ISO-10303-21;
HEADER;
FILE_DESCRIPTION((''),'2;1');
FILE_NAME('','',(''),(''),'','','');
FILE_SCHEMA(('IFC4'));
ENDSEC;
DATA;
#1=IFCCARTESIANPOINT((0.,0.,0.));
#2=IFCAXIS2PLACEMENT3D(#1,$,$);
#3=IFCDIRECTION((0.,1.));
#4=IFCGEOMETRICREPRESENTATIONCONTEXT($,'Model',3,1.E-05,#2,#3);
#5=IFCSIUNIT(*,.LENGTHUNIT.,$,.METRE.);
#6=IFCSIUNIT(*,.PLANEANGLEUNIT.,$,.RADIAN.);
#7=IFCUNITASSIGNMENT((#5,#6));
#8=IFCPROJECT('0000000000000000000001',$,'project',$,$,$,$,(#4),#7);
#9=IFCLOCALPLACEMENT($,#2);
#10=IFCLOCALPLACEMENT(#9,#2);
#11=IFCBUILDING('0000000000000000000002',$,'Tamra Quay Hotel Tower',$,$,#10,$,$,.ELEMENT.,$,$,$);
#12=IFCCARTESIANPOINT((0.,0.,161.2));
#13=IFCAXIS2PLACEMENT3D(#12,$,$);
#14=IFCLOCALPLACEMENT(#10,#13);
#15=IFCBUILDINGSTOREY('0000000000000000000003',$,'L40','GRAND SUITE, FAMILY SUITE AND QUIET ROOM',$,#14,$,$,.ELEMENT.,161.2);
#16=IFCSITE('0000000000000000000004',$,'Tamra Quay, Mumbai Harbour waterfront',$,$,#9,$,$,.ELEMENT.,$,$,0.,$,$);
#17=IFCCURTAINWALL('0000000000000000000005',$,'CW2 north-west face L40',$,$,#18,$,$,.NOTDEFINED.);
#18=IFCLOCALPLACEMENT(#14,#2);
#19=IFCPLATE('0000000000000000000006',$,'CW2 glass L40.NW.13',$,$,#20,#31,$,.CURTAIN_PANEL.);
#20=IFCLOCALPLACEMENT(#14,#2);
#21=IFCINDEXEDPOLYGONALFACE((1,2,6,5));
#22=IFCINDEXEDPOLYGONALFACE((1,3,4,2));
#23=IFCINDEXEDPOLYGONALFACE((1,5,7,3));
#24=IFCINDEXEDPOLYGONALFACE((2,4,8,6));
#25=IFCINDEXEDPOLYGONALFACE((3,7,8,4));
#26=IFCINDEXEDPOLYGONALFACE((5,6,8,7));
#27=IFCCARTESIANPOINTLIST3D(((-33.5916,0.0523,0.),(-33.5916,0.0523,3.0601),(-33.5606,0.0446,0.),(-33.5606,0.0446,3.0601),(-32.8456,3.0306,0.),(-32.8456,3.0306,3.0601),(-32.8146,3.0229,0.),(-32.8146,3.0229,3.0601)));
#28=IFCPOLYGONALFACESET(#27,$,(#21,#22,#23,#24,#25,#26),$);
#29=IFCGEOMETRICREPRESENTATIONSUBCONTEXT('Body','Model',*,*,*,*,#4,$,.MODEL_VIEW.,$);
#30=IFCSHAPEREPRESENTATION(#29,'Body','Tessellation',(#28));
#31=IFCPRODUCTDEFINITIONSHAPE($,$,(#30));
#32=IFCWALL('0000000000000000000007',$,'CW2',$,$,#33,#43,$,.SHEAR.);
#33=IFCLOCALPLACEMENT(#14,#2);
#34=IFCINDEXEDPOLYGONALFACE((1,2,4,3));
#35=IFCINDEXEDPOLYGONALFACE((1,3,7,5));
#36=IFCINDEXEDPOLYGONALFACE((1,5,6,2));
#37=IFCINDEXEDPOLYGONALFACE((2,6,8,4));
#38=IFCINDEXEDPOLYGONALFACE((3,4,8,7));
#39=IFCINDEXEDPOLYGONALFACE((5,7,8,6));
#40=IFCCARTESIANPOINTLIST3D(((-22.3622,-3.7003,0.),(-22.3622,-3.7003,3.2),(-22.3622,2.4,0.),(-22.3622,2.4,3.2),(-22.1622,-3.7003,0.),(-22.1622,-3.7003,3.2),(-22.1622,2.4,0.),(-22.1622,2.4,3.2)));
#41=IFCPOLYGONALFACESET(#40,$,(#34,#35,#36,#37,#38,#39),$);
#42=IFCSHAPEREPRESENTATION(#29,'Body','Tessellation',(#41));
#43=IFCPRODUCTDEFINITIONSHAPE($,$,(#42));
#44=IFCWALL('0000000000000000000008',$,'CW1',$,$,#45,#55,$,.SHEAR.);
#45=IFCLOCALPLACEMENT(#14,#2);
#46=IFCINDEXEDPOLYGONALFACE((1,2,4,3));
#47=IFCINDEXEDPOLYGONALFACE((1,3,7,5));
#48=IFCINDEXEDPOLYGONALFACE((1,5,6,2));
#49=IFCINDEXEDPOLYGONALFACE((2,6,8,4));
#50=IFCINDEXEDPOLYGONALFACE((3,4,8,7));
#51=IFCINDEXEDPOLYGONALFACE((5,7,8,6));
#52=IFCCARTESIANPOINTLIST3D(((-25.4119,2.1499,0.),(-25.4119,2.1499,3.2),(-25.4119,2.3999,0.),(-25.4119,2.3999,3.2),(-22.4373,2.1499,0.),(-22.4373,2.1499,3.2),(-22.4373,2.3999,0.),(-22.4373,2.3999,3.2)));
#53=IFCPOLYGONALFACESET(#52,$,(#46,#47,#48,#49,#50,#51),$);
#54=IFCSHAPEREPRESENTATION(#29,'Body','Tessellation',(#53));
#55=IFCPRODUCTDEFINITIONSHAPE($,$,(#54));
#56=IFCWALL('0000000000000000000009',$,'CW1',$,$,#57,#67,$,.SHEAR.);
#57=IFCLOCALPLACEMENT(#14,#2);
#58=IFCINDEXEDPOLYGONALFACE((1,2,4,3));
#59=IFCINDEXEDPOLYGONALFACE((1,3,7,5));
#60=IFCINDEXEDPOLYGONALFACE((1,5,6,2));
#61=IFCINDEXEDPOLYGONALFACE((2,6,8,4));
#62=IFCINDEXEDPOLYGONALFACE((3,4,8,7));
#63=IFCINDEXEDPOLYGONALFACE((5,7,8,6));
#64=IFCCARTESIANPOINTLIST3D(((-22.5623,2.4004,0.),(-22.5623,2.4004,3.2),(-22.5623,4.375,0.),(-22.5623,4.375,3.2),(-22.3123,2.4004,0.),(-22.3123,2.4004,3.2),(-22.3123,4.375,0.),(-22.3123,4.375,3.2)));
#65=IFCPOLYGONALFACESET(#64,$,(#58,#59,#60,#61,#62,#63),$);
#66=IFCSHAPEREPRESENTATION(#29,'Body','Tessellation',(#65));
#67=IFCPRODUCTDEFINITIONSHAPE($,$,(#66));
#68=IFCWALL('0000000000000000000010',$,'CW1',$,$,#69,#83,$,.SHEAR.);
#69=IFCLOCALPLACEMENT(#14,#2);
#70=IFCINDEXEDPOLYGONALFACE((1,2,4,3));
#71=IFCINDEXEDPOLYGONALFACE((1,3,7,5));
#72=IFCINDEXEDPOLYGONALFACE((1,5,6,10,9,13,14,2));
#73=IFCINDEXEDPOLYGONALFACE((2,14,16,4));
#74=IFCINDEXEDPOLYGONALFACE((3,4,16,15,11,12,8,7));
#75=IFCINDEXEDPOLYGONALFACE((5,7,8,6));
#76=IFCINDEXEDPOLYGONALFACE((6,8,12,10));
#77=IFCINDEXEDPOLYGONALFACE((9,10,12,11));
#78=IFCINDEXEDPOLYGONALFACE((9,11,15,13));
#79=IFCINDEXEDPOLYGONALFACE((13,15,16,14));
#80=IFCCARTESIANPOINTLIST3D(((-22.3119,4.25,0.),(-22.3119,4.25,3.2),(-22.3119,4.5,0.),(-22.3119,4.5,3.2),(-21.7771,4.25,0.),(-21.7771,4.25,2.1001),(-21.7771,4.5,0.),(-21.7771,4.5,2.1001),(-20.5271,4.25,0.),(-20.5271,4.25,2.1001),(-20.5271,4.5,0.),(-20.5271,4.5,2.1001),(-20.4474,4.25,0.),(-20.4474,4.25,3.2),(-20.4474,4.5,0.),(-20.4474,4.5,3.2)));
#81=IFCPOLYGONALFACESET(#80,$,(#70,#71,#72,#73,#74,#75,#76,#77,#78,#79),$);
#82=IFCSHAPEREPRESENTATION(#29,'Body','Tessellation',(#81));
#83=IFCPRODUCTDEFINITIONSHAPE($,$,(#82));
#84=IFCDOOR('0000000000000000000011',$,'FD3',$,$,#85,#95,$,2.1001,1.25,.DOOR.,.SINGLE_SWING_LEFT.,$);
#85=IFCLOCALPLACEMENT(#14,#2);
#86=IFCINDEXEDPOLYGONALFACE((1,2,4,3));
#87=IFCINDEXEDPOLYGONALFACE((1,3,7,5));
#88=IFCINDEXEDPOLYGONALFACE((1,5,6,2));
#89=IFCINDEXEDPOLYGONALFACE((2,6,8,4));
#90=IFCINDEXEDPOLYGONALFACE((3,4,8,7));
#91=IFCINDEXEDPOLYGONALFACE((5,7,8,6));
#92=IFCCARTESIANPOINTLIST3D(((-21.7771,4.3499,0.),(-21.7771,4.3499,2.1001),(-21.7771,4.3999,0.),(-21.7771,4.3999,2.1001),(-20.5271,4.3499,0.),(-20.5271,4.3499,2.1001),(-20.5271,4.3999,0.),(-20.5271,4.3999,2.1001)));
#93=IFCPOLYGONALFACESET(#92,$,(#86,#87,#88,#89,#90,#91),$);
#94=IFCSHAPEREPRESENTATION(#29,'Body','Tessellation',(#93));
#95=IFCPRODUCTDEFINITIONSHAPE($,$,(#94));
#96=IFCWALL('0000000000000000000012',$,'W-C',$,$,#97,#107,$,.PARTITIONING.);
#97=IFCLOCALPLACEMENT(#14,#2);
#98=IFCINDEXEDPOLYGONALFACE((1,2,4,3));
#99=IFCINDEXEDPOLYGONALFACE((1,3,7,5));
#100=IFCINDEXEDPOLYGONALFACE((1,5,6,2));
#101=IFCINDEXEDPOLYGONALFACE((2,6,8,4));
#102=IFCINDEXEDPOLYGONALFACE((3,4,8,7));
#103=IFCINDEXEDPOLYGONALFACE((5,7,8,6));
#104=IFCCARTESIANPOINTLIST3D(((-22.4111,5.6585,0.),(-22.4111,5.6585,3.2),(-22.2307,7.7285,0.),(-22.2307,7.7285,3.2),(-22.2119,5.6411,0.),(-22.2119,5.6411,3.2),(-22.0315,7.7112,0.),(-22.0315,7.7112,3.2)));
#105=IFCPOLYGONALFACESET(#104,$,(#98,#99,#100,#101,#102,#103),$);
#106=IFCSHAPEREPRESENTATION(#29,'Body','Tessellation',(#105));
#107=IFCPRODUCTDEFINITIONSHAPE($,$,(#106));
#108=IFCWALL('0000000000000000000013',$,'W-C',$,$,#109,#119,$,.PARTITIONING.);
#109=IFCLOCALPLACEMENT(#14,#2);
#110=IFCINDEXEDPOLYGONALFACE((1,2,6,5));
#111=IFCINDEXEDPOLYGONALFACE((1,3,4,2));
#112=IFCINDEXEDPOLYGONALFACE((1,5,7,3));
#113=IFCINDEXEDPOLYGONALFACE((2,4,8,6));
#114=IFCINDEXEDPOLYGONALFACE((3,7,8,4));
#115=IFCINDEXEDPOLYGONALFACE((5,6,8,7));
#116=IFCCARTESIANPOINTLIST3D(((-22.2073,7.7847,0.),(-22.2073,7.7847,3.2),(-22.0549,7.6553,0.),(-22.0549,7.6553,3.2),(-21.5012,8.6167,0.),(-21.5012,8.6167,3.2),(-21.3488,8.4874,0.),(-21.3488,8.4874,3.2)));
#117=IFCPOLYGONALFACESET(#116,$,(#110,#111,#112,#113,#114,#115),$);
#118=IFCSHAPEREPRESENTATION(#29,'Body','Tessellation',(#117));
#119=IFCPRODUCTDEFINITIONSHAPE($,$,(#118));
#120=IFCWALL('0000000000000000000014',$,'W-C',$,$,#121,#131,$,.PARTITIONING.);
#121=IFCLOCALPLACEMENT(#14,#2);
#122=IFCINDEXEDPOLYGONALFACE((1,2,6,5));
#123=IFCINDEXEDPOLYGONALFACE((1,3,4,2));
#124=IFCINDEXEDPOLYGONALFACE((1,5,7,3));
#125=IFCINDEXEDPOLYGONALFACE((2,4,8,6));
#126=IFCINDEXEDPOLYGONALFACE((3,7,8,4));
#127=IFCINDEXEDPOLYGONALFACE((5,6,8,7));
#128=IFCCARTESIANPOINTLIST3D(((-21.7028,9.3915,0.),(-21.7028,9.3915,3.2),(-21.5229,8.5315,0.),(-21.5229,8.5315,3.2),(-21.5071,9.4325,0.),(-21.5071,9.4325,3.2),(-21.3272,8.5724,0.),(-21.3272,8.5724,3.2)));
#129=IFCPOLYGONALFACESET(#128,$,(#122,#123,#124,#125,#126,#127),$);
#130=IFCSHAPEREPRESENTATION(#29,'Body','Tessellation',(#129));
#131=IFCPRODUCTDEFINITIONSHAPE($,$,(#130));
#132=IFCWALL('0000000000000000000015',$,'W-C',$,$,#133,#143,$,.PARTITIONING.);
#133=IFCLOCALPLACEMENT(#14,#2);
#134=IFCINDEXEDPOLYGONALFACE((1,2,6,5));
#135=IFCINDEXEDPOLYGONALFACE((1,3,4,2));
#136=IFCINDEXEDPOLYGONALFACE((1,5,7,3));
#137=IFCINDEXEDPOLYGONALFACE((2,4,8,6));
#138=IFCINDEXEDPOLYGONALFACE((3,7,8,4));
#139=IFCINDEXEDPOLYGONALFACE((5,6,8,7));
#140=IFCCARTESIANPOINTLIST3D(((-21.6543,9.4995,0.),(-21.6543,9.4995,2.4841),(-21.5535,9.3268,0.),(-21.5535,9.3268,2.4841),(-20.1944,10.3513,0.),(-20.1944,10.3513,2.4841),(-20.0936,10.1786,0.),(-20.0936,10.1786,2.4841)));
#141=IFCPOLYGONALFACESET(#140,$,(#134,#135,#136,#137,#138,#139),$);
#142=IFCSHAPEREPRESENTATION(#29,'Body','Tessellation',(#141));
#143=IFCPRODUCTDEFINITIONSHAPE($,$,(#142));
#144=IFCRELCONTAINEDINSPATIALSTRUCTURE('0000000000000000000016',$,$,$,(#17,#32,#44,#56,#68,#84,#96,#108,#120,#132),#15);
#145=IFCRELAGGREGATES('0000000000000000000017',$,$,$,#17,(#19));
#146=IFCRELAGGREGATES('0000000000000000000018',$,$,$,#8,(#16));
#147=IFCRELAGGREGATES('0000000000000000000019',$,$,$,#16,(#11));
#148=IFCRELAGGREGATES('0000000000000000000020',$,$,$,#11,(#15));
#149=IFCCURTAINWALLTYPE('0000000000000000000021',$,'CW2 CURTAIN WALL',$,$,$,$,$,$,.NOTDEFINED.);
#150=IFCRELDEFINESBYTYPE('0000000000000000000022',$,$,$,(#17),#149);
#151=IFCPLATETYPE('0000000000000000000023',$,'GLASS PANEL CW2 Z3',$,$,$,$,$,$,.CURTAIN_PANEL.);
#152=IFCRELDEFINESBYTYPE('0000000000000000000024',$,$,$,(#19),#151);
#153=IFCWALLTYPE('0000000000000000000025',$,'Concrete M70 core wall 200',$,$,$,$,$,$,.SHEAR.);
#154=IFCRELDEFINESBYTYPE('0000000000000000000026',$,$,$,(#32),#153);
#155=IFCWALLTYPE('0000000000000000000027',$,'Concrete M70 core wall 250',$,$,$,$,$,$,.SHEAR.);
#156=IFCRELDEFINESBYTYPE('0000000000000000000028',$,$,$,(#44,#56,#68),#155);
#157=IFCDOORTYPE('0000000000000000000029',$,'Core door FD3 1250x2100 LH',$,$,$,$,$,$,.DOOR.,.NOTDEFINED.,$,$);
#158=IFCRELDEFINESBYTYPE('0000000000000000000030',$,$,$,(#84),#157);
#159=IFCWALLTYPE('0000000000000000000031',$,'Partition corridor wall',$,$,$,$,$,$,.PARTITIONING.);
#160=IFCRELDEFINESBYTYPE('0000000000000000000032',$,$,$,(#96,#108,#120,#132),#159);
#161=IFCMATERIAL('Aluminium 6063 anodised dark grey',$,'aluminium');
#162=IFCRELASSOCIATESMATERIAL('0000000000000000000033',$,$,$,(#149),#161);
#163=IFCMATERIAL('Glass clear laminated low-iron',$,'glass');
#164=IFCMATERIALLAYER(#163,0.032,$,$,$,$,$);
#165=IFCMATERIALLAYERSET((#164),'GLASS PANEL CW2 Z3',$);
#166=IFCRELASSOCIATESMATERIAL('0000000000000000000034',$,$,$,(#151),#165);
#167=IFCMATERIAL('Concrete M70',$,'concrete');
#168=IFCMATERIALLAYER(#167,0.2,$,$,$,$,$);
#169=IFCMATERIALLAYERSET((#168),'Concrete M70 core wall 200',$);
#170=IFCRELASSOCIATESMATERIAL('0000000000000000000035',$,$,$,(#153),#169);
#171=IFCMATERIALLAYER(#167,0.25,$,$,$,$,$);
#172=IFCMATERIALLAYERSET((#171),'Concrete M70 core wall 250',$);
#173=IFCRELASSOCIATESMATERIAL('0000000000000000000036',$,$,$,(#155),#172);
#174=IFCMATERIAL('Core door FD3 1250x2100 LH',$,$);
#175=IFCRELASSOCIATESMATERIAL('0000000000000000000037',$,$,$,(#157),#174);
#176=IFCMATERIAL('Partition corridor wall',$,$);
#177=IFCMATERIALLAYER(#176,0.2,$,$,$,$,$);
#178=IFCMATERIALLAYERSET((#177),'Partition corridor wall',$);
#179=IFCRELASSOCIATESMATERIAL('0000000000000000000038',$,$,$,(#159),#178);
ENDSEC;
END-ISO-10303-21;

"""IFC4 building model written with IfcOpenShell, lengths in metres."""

from ifc_helpers import new_model, si_unit, direction, frame, frame_2d, origin, origin_2d, place, context, subcontext, project, spatial, rectangle, extrude, material, layer, layer_set, type_object, element, fill, aggregate, save


model = new_model("IFC4")

# Units and contexts
model_context = context("Model", 3, precision=1e-05, world=origin(), true_north=direction((0.0, 1.0)))
body_context = subcontext(model_context, "Body", "Model", "MODEL_VIEW")
ifc_project = project(units=[si_unit("LENGTHUNIT", "METRE"), si_unit("PLANEANGLEUNIT", "RADIAN")], contexts=[model_context])

# Site, building, storey
site_placement = place(None, origin())
site = spatial("IfcSite", under=ifc_project, at=site_placement, Name="Tamra Quay, Mumbai Harbour waterfront", CompositionType="ELEMENT", RefElevation=0.0)
building_placement = place(site_placement, origin())
building = spatial("IfcBuilding", under=site, at=building_placement, Name="Tamra Quay Hotel Tower", CompositionType="ELEMENT")
storey_placement = place(building_placement, frame((0.0, 0.0, 161.2)))
storey = spatial("IfcBuildingStorey", under=building, at=storey_placement, Name="L40", Description="GRAND SUITE, FAMILY SUITE AND QUIET ROOM", CompositionType="ELEMENT", Elevation=161.2)

# Shared definitions
ifc_material_1 = material(Name="Concrete M70", Category="concrete")

# Curtain wall
ifc_material_2 = material(Name="Aluminium 6063 anodised dark grey", Category="aluminium")
curtain_wall_type = type_object("IfcCurtainWallType", Name="CW2 CURTAIN WALL", PredefinedType="NOTDEFINED", material=ifc_material_2)
curtain_wall_placement = place(storey_placement, origin())
curtain_wall = element("IfcCurtainWall", 1, at=curtain_wall_placement, inside=storey, type_object=curtain_wall_type, Name="CW2 north-west face L40", PredefinedType="NOTDEFINED")

# Plate
ifc_material_3 = material(Name="Glass clear laminated low-iron", Category="glass")
ifc_layer_1 = layer(ifc_material_3, 0.032)
ifc_layer_set_1 = layer_set([ifc_layer_1], Name="GLASS PANEL CW2 Z3")
plate_type = type_object("IfcPlateType", Name="GLASS PANEL CW2 Z3", PredefinedType="CURTAIN_PANEL", material=ifc_layer_set_1)
plate_1_placement = place(storey_placement, frame((-33.2031, 1.5376, 0.0), z_axis=(0.0, 0.0, 1.0), x_axis=(-0.242976, -0.970032, 0.0)))
plate_1 = element("IfcPlate", 2, at=plate_1_placement, type_object=plate_type, Name="CW2 glass L40.NW.13", PredefinedType="CURTAIN_PANEL", context=body_context, shape_type="SweptSolid", body=[
    extrude(rectangle(XDim=3.0703, YDim=0.032, at=origin_2d()), origin(), (0.0, 0.0, 1.0), 3.0601),
])
aggregate(curtain_wall, [plate_1])

# Walls
ifc_layer_2 = layer(ifc_material_1, 0.2)
ifc_layer_set_2 = layer_set([ifc_layer_2], Name="Concrete M70 core wall 200")
wall_type_1 = type_object("IfcWallType", Name="Concrete M70 core wall 200", PredefinedType="SHEAR", material=ifc_layer_set_2)
wall_1_placement = place(storey_placement, frame((-22.2622, 2.4001, 0.0), z_axis=(0.0, 0.0, 1.0), x_axis=(0.0, -1.0, 0.0)))
element("IfcWall", 3, at=wall_1_placement, inside=storey, type_object=wall_type_1, Name="CW2", PredefinedType="SHEAR", context=body_context, shape_type="SweptSolid", body=[
    extrude(rectangle(XDim=6.1003, YDim=0.2, at=frame_2d((3.0503, 0.0))), origin(), (0.0, 0.0, 1.0), 3.2),
])
ifc_layer_3 = layer(ifc_material_1, 0.25)
ifc_layer_set_3 = layer_set([ifc_layer_3], Name="Concrete M70 core wall 250")
wall_type_2 = type_object("IfcWallType", Name="Concrete M70 core wall 250", PredefinedType="SHEAR", material=ifc_layer_set_3)
wall_2_placement = place(storey_placement, frame((-25.4119, 2.2749, 0.0), z_axis=(0.0, 0.0, 1.0), x_axis=(1.0, 0.0, 0.0)))
element("IfcWall", 4, at=wall_2_placement, inside=storey, type_object=wall_type_2, Name="CW1", PredefinedType="SHEAR", context=body_context, shape_type="SweptSolid", body=[
    extrude(rectangle(XDim=2.9746, YDim=0.25, at=frame_2d((1.4873, 0.0))), origin(), (0.0, 0.0, 1.0), 3.2),
])
wall_3_placement = place(storey_placement, frame((-22.4373, 2.4004, 0.0), z_axis=(0.0, 0.0, 1.0), x_axis=(0.0, 1.0, 0.0)))
element("IfcWall", 5, at=wall_3_placement, inside=storey, type_object=wall_type_2, Name="CW1", PredefinedType="SHEAR", context=body_context, shape_type="SweptSolid", body=[
    extrude(rectangle(XDim=1.9746, YDim=0.25, at=frame_2d((0.9873, 0.0))), origin(), (0.0, 0.0, 1.0), 3.2),
])

# Wall, opening, door
wall_4_placement = place(storey_placement, frame((-22.3118, 4.375, 0.0), z_axis=(0.0, 0.0, 1.0), x_axis=(1.0, 0.0, 0.0)))
wall_4 = element("IfcWall", 6, at=wall_4_placement, inside=storey, type_object=wall_type_2, Name="CW1", PredefinedType="SHEAR", context=body_context, shape_type="SweptSolid", body=[
    extrude(rectangle(XDim=1.8645, YDim=0.25, at=frame_2d((0.9321, 0.0))), origin(), (0.0, 0.0, 1.0), 3.2),
])
opening_placement = place(wall_4_placement, frame((0.5347, 0.0, 0.0)))
opening = element("IfcOpeningElement", 7, at=opening_placement, cuts=wall_4, PredefinedType="OPENING", context=body_context, shape_type="SweptSolid", body=[
    extrude(rectangle(XDim=1.25, YDim=2.1001, at=frame_2d((0.625, 1.05))), frame((0.0, 0.135, 0.0), z_axis=(0.0, -1.0, 0.0), x_axis=(1.0, 0.0, 0.0)), (0.0, 0.0, 1.0), 0.27),
])
ifc_material_4 = material(Name="Core door FD3 1250x2100 LH")
door_type = type_object("IfcDoorType", Name="Core door FD3 1250x2100 LH", OperationType="NOTDEFINED", PredefinedType="DOOR", material=ifc_material_4)
door_placement = place(opening_placement, origin())
door = element("IfcDoor", 8, at=door_placement, inside=storey, type_object=door_type, Name="FD3", OperationType="SINGLE_SWING_LEFT", OverallHeight=2.1001, OverallWidth=1.25, PredefinedType="DOOR", context=body_context, shape_type="SweptSolid", body=[
    extrude(rectangle(XDim=1.25, YDim=2.1001, at=frame_2d((0.625, 1.05))), frame((0.0, 0.0249, 0.0), z_axis=(0.0, -1.0, 0.0), x_axis=(1.0, 0.0, 0.0)), (0.0, 0.0, 1.0), 0.05),
])
fill(opening, door)

# Walls
ifc_material_5 = material(Name="Partition corridor wall")
ifc_layer_4 = layer(ifc_material_5, 0.2)
ifc_layer_set_4 = layer_set([ifc_layer_4], Name="Partition corridor wall")
wall_type_3 = type_object("IfcWallType", Name="Partition corridor wall", PredefinedType="PARTITIONING", material=ifc_layer_set_4)
wall_5_placement = place(storey_placement, frame((-22.1311, 7.72, 0.0), z_axis=(0.0, 0.0, 1.0), x_axis=(-0.086827, -0.996223, 0.0)))
element("IfcWall", 9, at=wall_5_placement, inside=storey, type_object=wall_type_3, Name="W-C", PredefinedType="PARTITIONING", context=body_context, shape_type="SweptSolid", body=[
    extrude(rectangle(XDim=2.0779, YDim=0.2, at=frame_2d((1.0391, 0.0))), origin(), (0.0, 0.0, 1.0), 3.2),
])
wall_6_placement = place(storey_placement, frame((-22.1311, 7.72, 0.0), z_axis=(0.0, 0.0, 1.0), x_axis=(0.647025, 0.762469, 0.0)))
element("IfcWall", 10, at=wall_6_placement, inside=storey, type_object=wall_type_3, Name="W-C", PredefinedType="PARTITIONING", context=body_context, shape_type="SweptSolid", body=[
    extrude(rectangle(XDim=1.0913, YDim=0.2, at=frame_2d((0.5457, 0.0))), origin(), (0.0, 0.0, 1.0), 3.2),
])
wall_7_placement = place(storey_placement, frame((-21.605, 9.4121, 0.0), z_axis=(0.0, 0.0, 1.0), x_axis=(0.204764, -0.978811, 0.0)))
element("IfcWall", 11, at=wall_7_placement, inside=storey, type_object=wall_type_3, Name="W-C", PredefinedType="PARTITIONING", context=body_context, shape_type="SweptSolid", body=[
    extrude(rectangle(XDim=0.8787, YDim=0.2, at=frame_2d((0.4395, 0.0))), origin(), (0.0, 0.0, 1.0), 3.2),
])
wall_8_placement = place(storey_placement, frame((-21.604, 9.4131, 0.0), z_axis=(0.0, 0.0, 1.0), x_axis=(0.863737, 0.503943, 0.0)))
element("IfcWall", 12, at=wall_8_placement, inside=storey, type_object=wall_type_3, Name="W-C", PredefinedType="PARTITIONING", context=body_context, shape_type="SweptSolid", body=[
    extrude(rectangle(XDim=1.6902, YDim=0.2, at=frame_2d((0.8452, 0.0))), origin(), (0.0, 0.0, 1.0), 2.4841),
])

save(model, "model.ifc")
